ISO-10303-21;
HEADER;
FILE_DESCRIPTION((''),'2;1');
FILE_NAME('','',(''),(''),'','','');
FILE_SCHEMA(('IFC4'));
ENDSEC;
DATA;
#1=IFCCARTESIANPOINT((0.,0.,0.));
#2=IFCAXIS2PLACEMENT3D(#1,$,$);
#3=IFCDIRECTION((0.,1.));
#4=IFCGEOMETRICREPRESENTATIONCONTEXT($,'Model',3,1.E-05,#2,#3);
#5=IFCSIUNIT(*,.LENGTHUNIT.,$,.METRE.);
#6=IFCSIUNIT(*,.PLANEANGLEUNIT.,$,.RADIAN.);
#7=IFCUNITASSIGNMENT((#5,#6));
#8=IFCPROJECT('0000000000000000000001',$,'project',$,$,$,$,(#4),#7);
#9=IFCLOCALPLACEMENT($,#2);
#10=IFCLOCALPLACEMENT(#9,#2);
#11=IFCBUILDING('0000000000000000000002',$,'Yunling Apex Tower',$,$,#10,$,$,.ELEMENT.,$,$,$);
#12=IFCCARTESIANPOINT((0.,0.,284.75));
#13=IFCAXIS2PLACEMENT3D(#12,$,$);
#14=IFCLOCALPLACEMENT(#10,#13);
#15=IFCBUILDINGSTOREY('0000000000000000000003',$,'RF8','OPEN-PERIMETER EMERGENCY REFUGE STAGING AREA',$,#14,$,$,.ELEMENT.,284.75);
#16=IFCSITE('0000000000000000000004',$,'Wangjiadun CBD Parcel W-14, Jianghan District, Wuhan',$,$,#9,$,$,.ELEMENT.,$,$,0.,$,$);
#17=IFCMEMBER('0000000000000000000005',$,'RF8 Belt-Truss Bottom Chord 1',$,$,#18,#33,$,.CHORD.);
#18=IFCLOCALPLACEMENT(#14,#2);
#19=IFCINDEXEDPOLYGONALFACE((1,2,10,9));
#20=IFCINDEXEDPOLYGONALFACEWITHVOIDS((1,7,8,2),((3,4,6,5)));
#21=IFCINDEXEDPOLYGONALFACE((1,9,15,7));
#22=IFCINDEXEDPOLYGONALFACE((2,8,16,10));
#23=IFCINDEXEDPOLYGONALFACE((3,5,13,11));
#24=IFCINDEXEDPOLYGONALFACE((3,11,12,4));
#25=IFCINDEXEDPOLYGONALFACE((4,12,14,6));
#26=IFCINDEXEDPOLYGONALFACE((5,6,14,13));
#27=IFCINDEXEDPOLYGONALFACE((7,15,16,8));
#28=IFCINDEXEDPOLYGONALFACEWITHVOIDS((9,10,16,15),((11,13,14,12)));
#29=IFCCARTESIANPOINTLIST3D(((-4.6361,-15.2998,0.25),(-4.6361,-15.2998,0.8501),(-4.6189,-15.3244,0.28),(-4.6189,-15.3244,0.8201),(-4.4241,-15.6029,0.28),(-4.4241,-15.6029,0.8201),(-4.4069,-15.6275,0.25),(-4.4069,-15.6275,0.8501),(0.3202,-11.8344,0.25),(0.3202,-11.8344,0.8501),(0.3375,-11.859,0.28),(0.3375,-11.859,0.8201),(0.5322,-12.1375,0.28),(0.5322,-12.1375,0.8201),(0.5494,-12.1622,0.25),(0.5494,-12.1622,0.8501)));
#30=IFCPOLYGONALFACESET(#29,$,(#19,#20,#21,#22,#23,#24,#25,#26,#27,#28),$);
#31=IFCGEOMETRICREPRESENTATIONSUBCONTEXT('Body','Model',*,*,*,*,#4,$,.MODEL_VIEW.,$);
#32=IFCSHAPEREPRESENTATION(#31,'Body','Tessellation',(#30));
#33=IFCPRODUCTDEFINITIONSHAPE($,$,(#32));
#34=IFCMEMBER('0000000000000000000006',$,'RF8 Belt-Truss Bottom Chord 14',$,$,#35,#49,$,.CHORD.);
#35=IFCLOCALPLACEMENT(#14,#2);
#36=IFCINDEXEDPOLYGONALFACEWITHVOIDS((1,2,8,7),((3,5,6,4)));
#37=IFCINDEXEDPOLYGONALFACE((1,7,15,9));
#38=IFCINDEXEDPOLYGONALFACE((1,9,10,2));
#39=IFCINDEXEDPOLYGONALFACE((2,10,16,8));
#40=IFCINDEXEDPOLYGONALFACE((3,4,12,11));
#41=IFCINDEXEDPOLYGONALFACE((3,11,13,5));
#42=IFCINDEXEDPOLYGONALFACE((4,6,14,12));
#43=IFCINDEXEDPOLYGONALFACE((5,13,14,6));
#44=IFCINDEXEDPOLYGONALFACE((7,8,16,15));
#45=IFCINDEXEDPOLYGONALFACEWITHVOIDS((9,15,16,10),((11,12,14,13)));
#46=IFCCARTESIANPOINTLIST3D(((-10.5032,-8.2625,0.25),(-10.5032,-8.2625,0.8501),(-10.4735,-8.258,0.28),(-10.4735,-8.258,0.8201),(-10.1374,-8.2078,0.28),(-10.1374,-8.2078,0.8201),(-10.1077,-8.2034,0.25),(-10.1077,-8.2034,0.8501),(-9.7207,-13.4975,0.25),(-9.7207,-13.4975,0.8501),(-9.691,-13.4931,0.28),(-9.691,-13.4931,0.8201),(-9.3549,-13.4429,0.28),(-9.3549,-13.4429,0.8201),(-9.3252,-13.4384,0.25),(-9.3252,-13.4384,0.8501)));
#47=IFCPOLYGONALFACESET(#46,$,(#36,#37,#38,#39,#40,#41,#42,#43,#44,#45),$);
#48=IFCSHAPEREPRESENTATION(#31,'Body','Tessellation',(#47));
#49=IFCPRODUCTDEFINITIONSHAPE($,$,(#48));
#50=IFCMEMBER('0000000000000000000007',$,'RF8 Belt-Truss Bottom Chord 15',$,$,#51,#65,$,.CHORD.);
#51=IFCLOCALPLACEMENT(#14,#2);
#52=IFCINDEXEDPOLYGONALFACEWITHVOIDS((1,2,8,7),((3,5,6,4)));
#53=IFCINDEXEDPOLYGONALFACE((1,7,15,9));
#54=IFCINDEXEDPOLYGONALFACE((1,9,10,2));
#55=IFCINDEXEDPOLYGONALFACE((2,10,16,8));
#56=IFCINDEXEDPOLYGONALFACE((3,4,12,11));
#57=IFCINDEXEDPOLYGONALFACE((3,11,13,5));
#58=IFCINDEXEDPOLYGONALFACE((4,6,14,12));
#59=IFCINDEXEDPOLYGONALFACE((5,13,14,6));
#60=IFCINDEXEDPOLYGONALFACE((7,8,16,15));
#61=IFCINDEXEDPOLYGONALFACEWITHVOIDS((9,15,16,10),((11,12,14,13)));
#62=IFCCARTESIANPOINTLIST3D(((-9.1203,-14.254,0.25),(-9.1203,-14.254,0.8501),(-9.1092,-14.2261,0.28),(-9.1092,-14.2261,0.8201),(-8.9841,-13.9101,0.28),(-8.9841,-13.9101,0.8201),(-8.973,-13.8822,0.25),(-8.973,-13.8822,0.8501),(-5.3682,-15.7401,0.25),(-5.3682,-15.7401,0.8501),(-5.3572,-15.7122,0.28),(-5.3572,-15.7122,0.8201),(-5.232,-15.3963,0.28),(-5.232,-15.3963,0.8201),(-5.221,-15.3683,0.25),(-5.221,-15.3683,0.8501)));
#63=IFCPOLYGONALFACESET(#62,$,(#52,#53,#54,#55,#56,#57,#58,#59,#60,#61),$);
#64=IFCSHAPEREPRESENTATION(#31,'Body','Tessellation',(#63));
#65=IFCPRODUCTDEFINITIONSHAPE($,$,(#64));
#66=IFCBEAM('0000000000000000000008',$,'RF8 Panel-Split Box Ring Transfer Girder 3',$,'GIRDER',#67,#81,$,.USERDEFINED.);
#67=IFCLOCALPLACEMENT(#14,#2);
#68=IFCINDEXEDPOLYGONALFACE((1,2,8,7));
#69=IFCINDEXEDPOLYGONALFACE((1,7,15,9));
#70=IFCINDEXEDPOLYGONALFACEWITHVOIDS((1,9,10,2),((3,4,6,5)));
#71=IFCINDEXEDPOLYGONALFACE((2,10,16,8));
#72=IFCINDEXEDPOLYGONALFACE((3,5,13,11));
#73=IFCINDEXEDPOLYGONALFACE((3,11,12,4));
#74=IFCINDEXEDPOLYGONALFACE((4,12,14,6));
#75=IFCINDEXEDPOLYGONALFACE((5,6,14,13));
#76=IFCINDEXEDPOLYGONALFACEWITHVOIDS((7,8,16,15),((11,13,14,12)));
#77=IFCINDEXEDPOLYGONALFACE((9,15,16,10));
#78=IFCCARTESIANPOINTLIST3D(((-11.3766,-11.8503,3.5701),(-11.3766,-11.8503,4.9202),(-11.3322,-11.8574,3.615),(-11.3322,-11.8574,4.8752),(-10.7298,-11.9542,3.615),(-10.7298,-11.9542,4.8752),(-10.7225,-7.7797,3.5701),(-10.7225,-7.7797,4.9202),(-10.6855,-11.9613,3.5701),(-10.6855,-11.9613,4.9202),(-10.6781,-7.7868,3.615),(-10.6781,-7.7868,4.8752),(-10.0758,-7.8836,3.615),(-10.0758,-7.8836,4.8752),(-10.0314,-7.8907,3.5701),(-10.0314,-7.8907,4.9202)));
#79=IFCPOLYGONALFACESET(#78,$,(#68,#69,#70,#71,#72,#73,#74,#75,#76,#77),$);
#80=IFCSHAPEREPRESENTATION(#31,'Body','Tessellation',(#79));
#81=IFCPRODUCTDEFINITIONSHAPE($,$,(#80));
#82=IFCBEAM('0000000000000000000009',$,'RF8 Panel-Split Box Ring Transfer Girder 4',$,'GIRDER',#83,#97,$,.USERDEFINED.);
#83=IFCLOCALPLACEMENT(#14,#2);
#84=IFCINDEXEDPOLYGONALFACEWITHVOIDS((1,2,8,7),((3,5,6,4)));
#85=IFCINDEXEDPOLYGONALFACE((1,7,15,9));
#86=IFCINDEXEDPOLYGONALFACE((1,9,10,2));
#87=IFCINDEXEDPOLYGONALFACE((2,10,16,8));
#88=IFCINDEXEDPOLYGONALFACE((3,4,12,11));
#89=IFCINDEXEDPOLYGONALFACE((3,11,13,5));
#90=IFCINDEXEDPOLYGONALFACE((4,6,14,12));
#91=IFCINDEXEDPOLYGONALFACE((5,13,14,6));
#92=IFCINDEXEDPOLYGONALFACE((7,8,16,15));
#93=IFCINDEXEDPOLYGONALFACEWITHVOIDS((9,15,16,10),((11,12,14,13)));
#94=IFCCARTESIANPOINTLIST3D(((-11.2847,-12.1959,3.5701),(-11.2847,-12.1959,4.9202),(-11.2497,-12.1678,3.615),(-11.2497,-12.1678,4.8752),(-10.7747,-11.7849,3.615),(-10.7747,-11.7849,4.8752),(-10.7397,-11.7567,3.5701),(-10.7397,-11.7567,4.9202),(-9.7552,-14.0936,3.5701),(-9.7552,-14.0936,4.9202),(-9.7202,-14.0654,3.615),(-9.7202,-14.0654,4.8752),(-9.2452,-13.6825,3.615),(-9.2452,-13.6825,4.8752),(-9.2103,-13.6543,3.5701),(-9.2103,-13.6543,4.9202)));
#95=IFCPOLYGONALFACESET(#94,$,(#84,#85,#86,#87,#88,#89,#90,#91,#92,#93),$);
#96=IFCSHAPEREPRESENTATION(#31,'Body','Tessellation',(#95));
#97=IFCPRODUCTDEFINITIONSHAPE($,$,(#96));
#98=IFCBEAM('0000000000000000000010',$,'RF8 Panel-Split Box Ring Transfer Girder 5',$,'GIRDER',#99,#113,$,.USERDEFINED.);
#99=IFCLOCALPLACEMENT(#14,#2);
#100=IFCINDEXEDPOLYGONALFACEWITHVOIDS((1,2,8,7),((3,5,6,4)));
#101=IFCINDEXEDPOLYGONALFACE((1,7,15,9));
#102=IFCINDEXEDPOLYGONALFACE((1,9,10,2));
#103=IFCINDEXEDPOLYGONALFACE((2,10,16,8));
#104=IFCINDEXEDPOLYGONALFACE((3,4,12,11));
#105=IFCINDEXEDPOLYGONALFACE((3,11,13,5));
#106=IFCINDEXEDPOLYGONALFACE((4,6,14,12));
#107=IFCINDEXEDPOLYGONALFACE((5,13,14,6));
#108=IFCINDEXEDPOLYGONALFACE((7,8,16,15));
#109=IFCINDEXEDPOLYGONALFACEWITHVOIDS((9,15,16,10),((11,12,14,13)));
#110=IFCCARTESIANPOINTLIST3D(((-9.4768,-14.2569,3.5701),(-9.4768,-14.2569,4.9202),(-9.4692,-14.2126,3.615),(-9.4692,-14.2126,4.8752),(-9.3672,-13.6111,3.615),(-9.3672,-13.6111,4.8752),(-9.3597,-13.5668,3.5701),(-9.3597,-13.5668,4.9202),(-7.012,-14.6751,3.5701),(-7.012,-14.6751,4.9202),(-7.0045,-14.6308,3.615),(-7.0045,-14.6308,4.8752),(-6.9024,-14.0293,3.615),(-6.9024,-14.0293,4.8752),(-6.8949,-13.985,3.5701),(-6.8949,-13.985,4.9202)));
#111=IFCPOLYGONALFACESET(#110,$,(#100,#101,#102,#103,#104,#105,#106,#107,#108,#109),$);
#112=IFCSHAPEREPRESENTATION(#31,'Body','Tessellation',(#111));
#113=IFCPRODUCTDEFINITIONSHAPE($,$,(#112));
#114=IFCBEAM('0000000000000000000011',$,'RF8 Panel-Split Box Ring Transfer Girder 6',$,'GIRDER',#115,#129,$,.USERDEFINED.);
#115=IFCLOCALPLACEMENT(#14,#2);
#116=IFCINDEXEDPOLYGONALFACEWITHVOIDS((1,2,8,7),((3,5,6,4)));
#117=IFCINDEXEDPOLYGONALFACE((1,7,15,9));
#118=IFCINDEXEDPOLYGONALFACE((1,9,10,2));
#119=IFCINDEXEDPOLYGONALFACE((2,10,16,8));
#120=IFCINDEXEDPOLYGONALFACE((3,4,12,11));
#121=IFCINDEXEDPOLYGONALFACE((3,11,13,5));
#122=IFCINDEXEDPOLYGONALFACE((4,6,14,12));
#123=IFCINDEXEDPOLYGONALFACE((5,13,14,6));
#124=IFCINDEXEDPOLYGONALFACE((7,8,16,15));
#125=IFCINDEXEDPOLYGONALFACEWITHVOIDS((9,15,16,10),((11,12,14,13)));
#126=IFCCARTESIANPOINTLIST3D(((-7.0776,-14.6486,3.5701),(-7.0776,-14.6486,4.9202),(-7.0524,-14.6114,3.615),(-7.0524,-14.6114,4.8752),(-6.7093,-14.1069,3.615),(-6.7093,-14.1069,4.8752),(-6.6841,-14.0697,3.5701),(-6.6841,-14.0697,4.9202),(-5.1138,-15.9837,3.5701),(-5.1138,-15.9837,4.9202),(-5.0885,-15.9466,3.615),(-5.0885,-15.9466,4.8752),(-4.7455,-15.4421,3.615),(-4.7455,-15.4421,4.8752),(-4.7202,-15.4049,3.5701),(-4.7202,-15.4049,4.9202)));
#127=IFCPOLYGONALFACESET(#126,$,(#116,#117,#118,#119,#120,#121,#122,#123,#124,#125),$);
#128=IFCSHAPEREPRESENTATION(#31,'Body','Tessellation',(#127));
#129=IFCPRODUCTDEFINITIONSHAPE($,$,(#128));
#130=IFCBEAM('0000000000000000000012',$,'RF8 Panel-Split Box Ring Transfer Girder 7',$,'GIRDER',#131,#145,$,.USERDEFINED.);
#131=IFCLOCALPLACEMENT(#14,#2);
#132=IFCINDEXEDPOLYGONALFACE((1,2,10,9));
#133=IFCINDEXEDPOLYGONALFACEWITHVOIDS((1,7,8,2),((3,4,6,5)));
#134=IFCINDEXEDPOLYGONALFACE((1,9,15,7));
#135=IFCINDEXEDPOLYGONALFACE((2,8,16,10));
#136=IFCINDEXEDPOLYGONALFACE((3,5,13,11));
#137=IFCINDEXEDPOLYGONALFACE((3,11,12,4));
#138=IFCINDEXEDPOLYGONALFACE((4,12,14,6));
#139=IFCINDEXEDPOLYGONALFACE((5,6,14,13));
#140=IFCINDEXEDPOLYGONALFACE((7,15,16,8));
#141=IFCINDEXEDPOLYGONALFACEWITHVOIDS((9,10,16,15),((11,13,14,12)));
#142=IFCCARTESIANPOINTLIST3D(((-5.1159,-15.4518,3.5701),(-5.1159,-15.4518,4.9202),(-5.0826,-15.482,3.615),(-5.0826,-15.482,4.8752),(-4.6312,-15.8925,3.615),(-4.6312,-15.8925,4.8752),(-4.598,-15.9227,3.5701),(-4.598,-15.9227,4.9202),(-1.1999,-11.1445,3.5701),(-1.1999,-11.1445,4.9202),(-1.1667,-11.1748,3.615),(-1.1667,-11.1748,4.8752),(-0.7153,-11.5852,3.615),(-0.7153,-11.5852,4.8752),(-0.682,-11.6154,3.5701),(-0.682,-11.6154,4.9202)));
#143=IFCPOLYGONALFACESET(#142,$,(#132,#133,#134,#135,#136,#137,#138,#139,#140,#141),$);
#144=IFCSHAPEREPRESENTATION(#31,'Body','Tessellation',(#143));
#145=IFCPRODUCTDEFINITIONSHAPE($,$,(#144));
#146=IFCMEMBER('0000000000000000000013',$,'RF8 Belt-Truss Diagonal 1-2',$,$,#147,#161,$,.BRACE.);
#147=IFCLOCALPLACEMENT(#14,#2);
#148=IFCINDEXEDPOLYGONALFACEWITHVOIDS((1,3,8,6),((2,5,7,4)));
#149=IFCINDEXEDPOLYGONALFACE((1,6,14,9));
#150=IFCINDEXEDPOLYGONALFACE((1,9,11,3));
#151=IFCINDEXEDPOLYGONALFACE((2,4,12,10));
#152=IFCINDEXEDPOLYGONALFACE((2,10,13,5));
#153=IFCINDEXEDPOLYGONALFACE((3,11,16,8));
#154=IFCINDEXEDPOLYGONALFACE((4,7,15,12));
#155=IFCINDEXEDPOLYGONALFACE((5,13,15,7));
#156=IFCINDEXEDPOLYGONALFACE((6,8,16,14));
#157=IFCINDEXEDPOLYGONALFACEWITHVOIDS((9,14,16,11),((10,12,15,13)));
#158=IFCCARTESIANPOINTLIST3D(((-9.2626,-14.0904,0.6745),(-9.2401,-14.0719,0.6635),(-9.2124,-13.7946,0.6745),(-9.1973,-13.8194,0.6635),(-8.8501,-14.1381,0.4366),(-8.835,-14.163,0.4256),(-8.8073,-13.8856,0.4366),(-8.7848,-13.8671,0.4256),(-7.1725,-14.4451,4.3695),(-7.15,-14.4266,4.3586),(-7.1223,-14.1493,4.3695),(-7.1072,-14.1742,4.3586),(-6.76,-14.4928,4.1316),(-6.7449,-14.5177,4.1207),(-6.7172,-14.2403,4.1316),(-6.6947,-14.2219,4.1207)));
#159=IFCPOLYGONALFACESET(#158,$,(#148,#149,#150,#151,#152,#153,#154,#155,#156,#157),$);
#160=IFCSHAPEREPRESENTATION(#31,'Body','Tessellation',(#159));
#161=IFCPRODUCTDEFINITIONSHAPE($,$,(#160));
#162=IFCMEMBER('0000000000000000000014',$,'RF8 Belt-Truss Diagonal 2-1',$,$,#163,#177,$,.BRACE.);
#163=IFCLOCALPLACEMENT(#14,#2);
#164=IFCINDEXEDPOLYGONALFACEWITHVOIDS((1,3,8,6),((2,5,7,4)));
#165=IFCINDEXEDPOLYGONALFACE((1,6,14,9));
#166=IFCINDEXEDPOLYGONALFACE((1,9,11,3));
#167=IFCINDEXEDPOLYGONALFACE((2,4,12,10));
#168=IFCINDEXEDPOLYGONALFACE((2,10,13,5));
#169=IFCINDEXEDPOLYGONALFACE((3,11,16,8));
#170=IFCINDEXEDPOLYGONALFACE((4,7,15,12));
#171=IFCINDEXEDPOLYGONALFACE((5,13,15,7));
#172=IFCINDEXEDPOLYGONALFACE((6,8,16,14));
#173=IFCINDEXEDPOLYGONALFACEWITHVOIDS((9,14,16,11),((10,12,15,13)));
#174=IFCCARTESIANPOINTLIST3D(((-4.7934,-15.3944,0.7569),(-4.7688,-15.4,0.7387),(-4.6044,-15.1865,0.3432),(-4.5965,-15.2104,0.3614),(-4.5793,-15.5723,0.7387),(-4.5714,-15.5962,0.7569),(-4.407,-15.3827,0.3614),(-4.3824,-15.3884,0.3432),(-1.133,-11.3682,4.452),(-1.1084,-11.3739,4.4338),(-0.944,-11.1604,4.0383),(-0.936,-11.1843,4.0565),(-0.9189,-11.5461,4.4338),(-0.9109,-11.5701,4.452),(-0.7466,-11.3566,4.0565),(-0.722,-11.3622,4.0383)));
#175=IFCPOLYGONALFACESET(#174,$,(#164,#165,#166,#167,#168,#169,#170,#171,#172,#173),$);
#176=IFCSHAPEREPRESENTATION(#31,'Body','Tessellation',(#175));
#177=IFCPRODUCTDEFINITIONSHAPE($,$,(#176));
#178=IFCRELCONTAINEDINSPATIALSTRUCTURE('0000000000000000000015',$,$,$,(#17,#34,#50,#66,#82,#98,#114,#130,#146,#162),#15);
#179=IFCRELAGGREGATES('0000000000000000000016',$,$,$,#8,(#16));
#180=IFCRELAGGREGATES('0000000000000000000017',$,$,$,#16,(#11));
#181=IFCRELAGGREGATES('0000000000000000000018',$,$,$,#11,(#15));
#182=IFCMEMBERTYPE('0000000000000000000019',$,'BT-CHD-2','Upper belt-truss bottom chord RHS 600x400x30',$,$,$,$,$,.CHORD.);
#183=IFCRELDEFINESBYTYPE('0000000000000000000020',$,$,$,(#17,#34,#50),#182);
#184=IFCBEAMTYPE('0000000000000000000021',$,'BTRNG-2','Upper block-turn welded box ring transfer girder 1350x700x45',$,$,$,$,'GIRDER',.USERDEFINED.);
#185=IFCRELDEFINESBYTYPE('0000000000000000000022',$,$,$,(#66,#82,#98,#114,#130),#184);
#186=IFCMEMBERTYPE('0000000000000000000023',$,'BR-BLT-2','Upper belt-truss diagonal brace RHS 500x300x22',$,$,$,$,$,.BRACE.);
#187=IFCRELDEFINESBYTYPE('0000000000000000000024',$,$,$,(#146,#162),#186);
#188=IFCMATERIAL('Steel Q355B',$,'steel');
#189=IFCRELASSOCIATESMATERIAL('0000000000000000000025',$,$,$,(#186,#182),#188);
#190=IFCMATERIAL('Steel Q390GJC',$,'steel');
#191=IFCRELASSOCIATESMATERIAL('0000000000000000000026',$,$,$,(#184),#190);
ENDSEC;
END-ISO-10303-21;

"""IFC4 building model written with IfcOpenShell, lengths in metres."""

from ifc_helpers import new_model, si_unit, direction, frame, origin, origin_2d, place, context, subcontext, project, spatial, hollow_rectangle, extrude, source, transform, mapped, material, material_profile, profile_set, type_object, element, save


model = new_model("IFC4")

# Units and contexts
model_context = context("Model", 3, precision=1e-05, world=origin(), true_north=direction((0.0, 1.0)))
body_context = subcontext(model_context, "Body", "Model", "MODEL_VIEW")
ifc_project = project(units=[si_unit("LENGTHUNIT", "METRE"), si_unit("PLANEANGLEUNIT", "RADIAN")], contexts=[model_context])

# Site, building, storey
site_placement = place(None, origin())
site = spatial("IfcSite", under=ifc_project, at=site_placement, Name="Wangjiadun CBD Parcel W-14, Jianghan District, Wuhan", CompositionType="ELEMENT", RefElevation=0.0)
building_placement = place(site_placement, origin())
building = spatial("IfcBuilding", under=site, at=building_placement, Name="Yunling Apex Tower", CompositionType="ELEMENT")
storey_placement = place(building_placement, frame((0.0, 0.0, 284.75)))
storey = spatial("IfcBuildingStorey", under=building, at=storey_placement, Name="RF8", Description="OPEN-PERIMETER EMERGENCY REFUGE STAGING AREA", CompositionType="ELEMENT", Elevation=284.75)

# Shared definitions
ifc_material_1 = material(Name="Steel Q355B", Category="steel")

# Members
ifc_material_profile_1 = material_profile(ifc_material_1, hollow_rectangle(XDim=0.3, YDim=0.5, WallThickness=0.022, at=origin_2d()))
ifc_profile_set_1 = profile_set([ifc_material_profile_1], Name="Steel Q355B")
member_type_1 = type_object("IfcMemberType", Name="BR-BLT-2", Description="Upper belt-truss diagonal brace RHS 500x300x22", PredefinedType="BRACE", material=ifc_profile_set_1)
ifc_material_profile_2 = material_profile(ifc_material_1, hollow_rectangle(XDim=0.3999, YDim=0.6001, WallThickness=0.03, at=origin_2d()))
ifc_profile_set_2 = profile_set([ifc_material_profile_2], Name="Steel Q355B")
member_type_2 = type_object("IfcMemberType", Name="BT-CHD-2", Description="Upper belt-truss bottom chord RHS 600x400x30", PredefinedType="CHORD", material=ifc_profile_set_2)
shared_shape_1 = source(origin(), body_context, "Body", "SweptSolid", [
    extrude(hollow_rectangle(XDim=0.3999, YDim=0.6001, WallThickness=0.03, at=origin_2d()), origin(), (0.0, 0.0, 1.0), 6.0476),
])
member_1_placement = place(storey_placement, frame((-4.5215, -15.4636, 0.55), z_axis=(0.819549, 0.57301, 0.0), x_axis=(-0.57301, 0.819549, 0.0)))
element("IfcMember", 1, at=member_1_placement, inside=storey, type_object=member_type_2, Name="RF8 Belt-Truss Bottom Chord 1", PredefinedType="CHORD", context=body_context, shape_type="MappedRepresentation", body=[
    mapped(shared_shape_1, transform((0.0, 0.0, 0.0), scale=1.0)),
])
shared_shape_2 = source(origin(), body_context, "Body", "SweptSolid", [
    extrude(hollow_rectangle(XDim=0.3999, YDim=0.6001, WallThickness=0.03, at=origin_2d()), origin(), (0.0, 0.0, 1.0), 5.2932),
])
member_2_placement = place(storey_placement, frame((-10.3054, -8.2329, 0.55), z_axis=(0.147824, -0.989014, 0.0), x_axis=(0.989014, 0.147824, 0.0)))
element("IfcMember", 2, at=member_2_placement, inside=storey, type_object=member_type_2, Name="RF8 Belt-Truss Bottom Chord 14", PredefinedType="CHORD", context=body_context, shape_type="MappedRepresentation", body=[
    mapped(shared_shape_2, transform((0.0, 0.0, 0.0), scale=1.0)),
])
shared_shape_3 = source(origin(), body_context, "Body", "SweptSolid", [
    extrude(hollow_rectangle(XDim=0.3999, YDim=0.6001, WallThickness=0.03, at=origin_2d()), origin(), (0.0, 0.0, 1.0), 4.0356),
])
member_3_placement = place(storey_placement, frame((-9.0466, -14.0681, 0.55), z_axis=(0.929727, -0.368249, 0.0), x_axis=(0.368249, 0.929727, 0.0)))
element("IfcMember", 3, at=member_3_placement, inside=storey, type_object=member_type_2, Name="RF8 Belt-Truss Bottom Chord 15", PredefinedType="CHORD", context=body_context, shape_type="MappedRepresentation", body=[
    mapped(shared_shape_3, transform((0.0, 0.0, 0.0), scale=1.0)),
])

# Beams
ifc_material_2 = material(Name="Steel Q390GJC", Category="steel")
ifc_material_profile_3 = material_profile(ifc_material_2, hollow_rectangle(XDim=0.7, YDim=1.3501, WallThickness=0.0449, at=origin_2d()))
ifc_profile_set_3 = profile_set([ifc_material_profile_3], Name="Steel Q390GJC")
beam_type = type_object("IfcBeamType", Name="BTRNG-2", Description="Upper block-turn welded box ring transfer girder 1350x700x45", ElementType="GIRDER", PredefinedType="USERDEFINED", material=ifc_profile_set_3)
shared_shape_4 = source(origin(), body_context, "Body", "SweptSolid", [
    extrude(hollow_rectangle(XDim=0.7, YDim=1.3501, WallThickness=0.0449, at=origin_2d()), origin(), (0.0, 0.0, 1.0), 4.1228),
])
beam_1_placement = place(storey_placement, frame((-10.377, -7.8352, 4.2451), z_axis=(-0.158644, -0.987336, 0.0), x_axis=(0.987336, -0.158644, 0.0)))
element("IfcBeam", 4, at=beam_1_placement, inside=storey, type_object=beam_type, Name="RF8 Panel-Split Box Ring Transfer Girder 3", ObjectType="GIRDER", PredefinedType="USERDEFINED", context=body_context, shape_type="MappedRepresentation", body=[
    mapped(shared_shape_4, transform((0.0, 0.0, 0.0), scale=1.0)),
])
shared_shape_5 = source(origin(), body_context, "Body", "SweptSolid", [
    extrude(hollow_rectangle(XDim=0.7, YDim=1.3501, WallThickness=0.0449, at=origin_2d()), origin(), (0.0, 0.0, 1.0), 2.4373),
])
beam_2_placement = place(storey_placement, frame((-11.0122, -11.9763, 4.2451), z_axis=(0.627537, -0.778587, 0.0), x_axis=(0.778587, 0.627537, 0.0)))
element("IfcBeam", 5, at=beam_2_placement, inside=storey, type_object=beam_type, Name="RF8 Panel-Split Box Ring Transfer Girder 4", ObjectType="GIRDER", PredefinedType="USERDEFINED", context=body_context, shape_type="MappedRepresentation", body=[
    mapped(shared_shape_5, transform((0.0, 0.0, 0.0), scale=1.0)),
])
shared_shape_6 = source(origin(), body_context, "Body", "SweptSolid", [
    extrude(hollow_rectangle(XDim=0.7, YDim=1.3501, WallThickness=0.0449, at=origin_2d()), origin(), (0.0, 0.0, 1.0), 2.5),
])
beam_3_placement = place(storey_placement, frame((-9.4182, -13.9119, 4.2451), z_axis=(0.985909, -0.16728, 0.0), x_axis=(0.16728, 0.985909, 0.0)))
element("IfcBeam", 6, at=beam_3_placement, inside=storey, type_object=beam_type, Name="RF8 Panel-Split Box Ring Transfer Girder 5", ObjectType="GIRDER", PredefinedType="USERDEFINED", context=body_context, shape_type="MappedRepresentation", body=[
    mapped(shared_shape_6, transform((0.0, 0.0, 0.0), scale=1.0)),
])
shared_shape_7 = source(origin(), body_context, "Body", "SweptSolid", [
    extrude(hollow_rectangle(XDim=0.7, YDim=1.3501, WallThickness=0.0449, at=origin_2d()), origin(), (0.0, 0.0, 1.0), 2.3748),
])
beam_4_placement = place(storey_placement, frame((-6.8809, -14.3591, 4.2451), z_axis=(0.82697, -0.562245, 0.0), x_axis=(0.562245, 0.82697, 0.0)))
element("IfcBeam", 7, at=beam_4_placement, inside=storey, type_object=beam_type, Name="RF8 Panel-Split Box Ring Transfer Girder 6", ObjectType="GIRDER", PredefinedType="USERDEFINED", context=body_context, shape_type="MappedRepresentation", body=[
    mapped(shared_shape_7, transform((0.0, 0.0, 0.0), scale=1.0)),
])
shared_shape_8 = source(origin(), body_context, "Body", "SweptSolid", [
    extrude(hollow_rectangle(XDim=0.7, YDim=1.3501, WallThickness=0.0449, at=origin_2d()), origin(), (0.0, 0.0, 1.0), 5.8213),
])
beam_5_placement = place(storey_placement, frame((-4.8569, -15.6873, 4.2451), z_axis=(0.672694, 0.739921, 0.0), x_axis=(-0.739921, 0.672694, 0.0)))
element("IfcBeam", 8, at=beam_5_placement, inside=storey, type_object=beam_type, Name="RF8 Panel-Split Box Ring Transfer Girder 7", ObjectType="GIRDER", PredefinedType="USERDEFINED", context=body_context, shape_type="MappedRepresentation", body=[
    mapped(shared_shape_8, transform((0.0, 0.0, 0.0), scale=1.0)),
])

# Members
shared_shape_9 = source(origin(), body_context, "Body", "SweptSolid", [
    extrude(hollow_rectangle(XDim=0.3, YDim=0.5, WallThickness=0.022, at=origin_2d()), origin(), (0.0, 0.0, 1.0), 4.26),
])
member_4_placement = place(storey_placement, frame((-9.0237, -13.9788, 0.55), z_axis=(0.490628, -0.083271, 0.867381), x_axis=(0.16733, 0.985901, 0.0)))
element("IfcMember", 9, at=member_4_placement, inside=storey, type_object=member_type_1, Name="RF8 Belt-Truss Diagonal 1-2", PredefinedType="BRACE", context=body_context, shape_type="MappedRepresentation", body=[
    mapped(shared_shape_9, transform((0.0, 0.0, 0.0), scale=1.0)),
])
shared_shape_10 = source(origin(), body_context, "Body", "SweptSolid", [
    extrude(hollow_rectangle(XDim=0.3, YDim=0.5, WallThickness=0.022, at=origin_2d()), origin(), (0.0, 0.0, 1.0), 6.5774),
])
member_5_placement = place(storey_placement, frame((-4.5879, -15.3914, 0.55), z_axis=(0.556515, 0.612118, 0.561786), x_axis=(-0.739914, 0.672702, 0.0)))
element("IfcMember", 10, at=member_5_placement, inside=storey, type_object=member_type_1, Name="RF8 Belt-Truss Diagonal 2-1", PredefinedType="BRACE", context=body_context, shape_type="MappedRepresentation", body=[
    mapped(shared_shape_10, transform((0.0, 0.0, 0.0), scale=1.0)),
])

save(model, "model.ifc")
